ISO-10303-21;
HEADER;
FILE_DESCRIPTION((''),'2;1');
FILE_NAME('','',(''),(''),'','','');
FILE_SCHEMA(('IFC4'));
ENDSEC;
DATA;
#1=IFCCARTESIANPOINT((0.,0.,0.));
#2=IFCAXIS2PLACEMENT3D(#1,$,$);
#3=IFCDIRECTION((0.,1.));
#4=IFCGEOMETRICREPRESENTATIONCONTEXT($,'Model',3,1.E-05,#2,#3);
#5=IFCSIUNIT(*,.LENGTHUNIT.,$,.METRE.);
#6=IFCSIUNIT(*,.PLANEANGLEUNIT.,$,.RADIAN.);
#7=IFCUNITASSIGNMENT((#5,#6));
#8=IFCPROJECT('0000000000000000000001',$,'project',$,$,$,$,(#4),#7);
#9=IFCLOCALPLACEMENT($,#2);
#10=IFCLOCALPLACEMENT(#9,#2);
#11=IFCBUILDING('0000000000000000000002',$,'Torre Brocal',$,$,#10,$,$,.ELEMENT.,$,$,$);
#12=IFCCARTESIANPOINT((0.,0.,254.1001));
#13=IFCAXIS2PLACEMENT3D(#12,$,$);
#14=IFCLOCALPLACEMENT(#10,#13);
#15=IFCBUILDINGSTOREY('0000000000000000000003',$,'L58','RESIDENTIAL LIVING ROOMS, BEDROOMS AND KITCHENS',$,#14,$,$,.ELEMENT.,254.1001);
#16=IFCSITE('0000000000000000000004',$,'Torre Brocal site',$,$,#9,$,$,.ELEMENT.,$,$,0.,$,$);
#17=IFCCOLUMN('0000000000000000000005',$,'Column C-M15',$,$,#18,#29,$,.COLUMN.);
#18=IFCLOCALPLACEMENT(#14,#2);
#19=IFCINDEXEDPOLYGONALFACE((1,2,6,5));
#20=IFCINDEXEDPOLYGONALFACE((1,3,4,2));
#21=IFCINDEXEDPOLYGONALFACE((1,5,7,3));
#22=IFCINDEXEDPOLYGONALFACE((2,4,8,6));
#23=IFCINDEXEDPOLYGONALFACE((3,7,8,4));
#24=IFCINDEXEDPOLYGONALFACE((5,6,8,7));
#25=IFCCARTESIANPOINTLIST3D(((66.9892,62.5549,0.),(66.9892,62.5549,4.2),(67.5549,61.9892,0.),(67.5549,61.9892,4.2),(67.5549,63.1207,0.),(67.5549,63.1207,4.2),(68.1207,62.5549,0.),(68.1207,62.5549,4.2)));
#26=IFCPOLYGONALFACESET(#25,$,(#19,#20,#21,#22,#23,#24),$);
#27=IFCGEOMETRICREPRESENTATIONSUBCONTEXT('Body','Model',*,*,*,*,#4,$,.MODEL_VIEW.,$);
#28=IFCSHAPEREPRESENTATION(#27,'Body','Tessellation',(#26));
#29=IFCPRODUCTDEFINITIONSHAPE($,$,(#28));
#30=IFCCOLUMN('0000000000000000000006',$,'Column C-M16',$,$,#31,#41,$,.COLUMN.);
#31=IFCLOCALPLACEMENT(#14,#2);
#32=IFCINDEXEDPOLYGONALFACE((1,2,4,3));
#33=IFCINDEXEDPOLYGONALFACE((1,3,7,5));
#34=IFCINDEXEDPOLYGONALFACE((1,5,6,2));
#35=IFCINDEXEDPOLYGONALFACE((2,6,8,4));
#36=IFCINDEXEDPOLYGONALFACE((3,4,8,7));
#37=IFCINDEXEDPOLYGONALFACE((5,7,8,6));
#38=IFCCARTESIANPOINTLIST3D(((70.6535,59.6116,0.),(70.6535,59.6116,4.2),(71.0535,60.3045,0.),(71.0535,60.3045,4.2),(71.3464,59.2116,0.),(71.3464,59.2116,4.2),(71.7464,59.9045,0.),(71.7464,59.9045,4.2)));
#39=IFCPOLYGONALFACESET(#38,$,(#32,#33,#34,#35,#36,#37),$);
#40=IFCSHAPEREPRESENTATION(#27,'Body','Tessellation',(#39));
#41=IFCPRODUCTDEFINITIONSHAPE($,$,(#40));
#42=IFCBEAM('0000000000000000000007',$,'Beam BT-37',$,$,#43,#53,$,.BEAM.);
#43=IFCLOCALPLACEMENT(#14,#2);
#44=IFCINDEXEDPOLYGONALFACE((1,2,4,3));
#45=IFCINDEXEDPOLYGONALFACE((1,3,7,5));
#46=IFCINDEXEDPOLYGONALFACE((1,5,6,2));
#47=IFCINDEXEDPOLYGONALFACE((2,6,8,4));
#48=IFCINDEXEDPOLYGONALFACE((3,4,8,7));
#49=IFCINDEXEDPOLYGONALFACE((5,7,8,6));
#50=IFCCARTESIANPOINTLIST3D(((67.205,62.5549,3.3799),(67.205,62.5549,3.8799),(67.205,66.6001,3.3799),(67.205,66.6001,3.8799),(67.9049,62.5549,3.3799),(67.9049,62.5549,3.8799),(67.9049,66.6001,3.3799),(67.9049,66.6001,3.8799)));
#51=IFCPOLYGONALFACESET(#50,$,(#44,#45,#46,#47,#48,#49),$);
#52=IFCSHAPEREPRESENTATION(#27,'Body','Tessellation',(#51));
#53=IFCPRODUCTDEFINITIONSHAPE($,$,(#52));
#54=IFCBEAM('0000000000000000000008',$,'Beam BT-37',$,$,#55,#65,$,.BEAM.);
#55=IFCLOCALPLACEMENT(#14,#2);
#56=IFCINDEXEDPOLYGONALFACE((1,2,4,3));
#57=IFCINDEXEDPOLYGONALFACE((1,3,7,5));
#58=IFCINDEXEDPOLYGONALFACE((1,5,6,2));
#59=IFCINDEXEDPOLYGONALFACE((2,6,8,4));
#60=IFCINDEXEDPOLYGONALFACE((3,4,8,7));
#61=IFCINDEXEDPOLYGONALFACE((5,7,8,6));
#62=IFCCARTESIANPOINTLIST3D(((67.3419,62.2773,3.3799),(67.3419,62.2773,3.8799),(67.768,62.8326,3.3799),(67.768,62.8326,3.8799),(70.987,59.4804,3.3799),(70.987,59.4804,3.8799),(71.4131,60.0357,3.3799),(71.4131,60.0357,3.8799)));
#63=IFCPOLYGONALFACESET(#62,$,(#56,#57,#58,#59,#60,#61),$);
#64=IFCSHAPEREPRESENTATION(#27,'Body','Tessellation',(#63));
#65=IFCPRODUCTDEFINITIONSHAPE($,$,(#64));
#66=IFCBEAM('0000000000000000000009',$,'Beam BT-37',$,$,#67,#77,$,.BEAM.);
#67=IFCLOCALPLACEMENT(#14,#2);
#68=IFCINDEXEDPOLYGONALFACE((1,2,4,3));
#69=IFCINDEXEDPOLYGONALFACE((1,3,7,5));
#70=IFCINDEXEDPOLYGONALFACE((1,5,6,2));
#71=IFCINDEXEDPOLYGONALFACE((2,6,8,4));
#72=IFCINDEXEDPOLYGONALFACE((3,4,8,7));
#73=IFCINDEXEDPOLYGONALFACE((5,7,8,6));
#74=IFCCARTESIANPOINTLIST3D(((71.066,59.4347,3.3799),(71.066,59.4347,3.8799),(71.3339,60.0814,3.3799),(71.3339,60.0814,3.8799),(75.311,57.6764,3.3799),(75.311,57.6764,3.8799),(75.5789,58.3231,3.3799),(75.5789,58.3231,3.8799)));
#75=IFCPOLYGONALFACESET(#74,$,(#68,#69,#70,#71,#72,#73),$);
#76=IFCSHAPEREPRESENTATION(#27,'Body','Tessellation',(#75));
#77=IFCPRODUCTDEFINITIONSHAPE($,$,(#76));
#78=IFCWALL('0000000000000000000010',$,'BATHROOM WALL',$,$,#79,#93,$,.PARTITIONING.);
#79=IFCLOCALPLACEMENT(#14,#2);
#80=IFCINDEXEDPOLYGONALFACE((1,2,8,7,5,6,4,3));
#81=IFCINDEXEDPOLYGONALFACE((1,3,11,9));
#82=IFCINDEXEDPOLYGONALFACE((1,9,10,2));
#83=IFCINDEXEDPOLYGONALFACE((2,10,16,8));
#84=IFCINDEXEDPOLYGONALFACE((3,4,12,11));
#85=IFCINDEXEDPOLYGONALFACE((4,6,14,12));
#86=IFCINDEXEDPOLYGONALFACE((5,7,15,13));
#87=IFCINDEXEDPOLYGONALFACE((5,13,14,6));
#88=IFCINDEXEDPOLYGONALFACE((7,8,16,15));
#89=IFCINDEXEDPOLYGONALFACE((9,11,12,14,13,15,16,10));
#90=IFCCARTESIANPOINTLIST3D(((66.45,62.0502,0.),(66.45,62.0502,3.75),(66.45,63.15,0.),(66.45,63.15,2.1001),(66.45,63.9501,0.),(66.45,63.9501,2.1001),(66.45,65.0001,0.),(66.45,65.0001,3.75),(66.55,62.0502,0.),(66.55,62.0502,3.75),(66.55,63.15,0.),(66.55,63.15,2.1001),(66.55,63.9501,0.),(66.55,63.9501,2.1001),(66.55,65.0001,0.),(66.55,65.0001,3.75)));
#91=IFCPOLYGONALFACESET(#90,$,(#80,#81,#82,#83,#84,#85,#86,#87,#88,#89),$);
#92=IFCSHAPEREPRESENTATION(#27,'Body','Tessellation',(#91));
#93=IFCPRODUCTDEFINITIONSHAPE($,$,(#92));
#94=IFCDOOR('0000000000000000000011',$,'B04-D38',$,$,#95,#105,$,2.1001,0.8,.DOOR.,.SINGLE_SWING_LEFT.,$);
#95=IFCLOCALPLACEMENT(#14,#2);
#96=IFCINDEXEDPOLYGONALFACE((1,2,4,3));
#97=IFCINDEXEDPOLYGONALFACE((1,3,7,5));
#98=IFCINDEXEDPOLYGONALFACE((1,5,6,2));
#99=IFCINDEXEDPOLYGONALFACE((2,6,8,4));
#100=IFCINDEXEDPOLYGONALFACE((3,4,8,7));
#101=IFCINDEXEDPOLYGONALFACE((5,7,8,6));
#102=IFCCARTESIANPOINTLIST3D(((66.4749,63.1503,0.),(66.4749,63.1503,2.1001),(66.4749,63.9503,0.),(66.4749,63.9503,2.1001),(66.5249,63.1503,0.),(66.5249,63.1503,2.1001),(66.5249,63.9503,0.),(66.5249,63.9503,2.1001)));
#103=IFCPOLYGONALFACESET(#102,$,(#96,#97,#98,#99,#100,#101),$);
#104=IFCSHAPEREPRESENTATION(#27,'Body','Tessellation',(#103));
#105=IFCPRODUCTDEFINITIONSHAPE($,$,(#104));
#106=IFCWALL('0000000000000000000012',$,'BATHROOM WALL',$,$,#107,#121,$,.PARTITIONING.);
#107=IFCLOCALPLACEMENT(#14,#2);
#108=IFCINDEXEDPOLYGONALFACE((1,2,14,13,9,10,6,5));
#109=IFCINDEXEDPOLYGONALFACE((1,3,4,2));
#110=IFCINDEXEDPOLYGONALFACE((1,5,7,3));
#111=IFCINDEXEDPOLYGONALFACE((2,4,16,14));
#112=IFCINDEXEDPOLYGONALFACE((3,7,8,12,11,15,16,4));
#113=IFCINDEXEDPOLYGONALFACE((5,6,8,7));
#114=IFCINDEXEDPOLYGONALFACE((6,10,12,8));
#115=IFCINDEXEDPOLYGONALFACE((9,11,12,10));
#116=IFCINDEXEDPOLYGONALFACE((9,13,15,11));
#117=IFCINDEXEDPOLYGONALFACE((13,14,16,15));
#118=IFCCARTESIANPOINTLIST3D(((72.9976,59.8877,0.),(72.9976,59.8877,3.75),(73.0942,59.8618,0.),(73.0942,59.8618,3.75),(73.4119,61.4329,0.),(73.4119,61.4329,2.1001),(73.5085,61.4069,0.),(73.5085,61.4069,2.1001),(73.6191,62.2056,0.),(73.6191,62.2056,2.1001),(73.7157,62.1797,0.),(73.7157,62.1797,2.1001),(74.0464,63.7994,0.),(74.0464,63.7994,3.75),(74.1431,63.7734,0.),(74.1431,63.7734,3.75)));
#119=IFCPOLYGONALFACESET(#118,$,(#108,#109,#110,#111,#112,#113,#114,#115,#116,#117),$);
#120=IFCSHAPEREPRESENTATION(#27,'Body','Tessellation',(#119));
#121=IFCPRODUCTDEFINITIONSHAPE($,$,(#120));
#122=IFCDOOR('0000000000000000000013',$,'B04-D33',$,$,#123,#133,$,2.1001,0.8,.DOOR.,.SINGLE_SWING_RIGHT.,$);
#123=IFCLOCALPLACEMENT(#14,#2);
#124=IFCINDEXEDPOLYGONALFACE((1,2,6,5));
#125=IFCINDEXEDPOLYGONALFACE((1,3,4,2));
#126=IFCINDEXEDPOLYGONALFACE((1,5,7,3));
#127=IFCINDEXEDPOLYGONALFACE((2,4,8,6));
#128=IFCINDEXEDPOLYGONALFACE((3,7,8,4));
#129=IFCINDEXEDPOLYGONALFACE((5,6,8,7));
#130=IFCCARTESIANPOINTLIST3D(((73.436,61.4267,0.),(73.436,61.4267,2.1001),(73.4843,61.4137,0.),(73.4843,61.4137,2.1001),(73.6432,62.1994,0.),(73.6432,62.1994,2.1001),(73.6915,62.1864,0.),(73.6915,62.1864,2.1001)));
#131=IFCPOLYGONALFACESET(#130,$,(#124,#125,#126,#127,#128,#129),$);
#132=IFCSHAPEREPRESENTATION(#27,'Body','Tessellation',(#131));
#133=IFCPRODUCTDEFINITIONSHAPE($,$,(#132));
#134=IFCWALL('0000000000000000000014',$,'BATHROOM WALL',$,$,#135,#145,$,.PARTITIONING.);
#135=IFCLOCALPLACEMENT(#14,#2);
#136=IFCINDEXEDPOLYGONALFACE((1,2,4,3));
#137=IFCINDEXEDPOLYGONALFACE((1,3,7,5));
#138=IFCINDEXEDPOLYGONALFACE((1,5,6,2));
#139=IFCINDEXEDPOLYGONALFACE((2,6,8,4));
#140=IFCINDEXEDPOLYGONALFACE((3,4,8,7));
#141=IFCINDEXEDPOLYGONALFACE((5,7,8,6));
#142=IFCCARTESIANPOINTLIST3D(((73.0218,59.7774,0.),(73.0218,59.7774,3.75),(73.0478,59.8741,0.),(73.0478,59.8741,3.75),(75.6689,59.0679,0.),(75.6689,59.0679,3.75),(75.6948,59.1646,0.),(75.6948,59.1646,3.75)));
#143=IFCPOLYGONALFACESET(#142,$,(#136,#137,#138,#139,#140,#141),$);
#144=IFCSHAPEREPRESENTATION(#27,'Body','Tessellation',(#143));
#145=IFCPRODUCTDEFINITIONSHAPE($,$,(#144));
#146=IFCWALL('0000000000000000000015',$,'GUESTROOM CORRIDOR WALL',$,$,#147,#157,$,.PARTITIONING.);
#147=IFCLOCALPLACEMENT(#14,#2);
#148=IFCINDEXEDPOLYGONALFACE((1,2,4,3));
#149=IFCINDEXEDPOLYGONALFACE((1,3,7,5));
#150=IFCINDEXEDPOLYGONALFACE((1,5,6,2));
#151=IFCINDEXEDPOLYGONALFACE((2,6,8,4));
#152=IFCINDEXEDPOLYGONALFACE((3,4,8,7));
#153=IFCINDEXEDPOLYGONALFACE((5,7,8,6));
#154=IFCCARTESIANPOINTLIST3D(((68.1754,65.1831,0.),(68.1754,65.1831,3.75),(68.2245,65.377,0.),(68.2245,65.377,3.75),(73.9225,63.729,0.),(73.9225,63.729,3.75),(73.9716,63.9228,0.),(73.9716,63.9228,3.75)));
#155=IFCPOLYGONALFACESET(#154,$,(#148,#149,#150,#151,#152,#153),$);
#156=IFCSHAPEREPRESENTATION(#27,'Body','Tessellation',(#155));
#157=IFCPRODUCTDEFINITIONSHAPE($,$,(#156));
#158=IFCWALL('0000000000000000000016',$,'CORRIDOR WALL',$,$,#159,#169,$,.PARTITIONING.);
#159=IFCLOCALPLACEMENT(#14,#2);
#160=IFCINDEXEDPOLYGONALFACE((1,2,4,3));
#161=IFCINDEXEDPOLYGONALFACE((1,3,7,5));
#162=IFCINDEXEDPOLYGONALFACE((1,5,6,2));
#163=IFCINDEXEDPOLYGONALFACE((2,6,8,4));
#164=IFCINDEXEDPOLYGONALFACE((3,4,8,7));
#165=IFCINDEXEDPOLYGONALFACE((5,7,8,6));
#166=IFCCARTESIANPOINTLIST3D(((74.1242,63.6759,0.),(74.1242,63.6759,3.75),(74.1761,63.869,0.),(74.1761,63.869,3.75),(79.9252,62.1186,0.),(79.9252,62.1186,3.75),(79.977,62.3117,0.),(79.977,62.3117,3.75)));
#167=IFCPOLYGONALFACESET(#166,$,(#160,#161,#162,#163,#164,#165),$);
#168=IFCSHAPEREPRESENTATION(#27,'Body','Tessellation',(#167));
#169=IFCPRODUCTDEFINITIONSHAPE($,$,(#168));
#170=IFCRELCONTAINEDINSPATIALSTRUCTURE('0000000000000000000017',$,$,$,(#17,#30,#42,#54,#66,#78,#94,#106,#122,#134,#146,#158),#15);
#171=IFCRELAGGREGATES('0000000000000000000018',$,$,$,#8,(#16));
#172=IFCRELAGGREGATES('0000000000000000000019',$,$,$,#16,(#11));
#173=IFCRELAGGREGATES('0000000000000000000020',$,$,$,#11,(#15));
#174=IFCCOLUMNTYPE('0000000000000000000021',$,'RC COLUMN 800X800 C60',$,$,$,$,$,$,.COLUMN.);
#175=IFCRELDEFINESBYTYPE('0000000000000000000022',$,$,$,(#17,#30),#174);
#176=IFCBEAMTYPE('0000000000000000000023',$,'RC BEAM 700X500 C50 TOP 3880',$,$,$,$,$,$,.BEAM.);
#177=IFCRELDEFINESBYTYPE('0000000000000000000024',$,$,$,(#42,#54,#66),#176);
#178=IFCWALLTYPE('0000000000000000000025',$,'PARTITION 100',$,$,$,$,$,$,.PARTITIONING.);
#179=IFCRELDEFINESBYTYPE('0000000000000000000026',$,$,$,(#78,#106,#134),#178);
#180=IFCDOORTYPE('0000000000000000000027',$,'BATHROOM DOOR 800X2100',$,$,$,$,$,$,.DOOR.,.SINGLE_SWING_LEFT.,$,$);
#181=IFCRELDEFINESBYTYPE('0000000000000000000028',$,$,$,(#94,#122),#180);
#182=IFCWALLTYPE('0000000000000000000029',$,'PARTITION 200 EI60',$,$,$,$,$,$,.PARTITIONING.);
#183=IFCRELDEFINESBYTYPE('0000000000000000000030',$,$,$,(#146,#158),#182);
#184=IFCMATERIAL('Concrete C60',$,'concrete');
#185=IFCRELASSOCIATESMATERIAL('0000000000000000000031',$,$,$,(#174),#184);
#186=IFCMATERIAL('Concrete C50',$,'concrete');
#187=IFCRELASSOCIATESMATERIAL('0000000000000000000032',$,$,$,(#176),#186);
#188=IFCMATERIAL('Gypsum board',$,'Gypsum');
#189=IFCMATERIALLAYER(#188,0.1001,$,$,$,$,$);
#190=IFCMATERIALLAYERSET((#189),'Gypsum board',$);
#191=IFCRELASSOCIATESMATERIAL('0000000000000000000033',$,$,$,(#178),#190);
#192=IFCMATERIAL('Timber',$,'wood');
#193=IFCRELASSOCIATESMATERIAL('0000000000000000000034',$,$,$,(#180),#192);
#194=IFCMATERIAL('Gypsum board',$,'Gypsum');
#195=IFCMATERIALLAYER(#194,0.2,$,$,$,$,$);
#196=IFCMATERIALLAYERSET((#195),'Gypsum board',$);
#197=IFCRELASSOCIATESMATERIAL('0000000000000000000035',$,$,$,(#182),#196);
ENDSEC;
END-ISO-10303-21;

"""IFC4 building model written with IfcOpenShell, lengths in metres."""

from ifc_helpers import new_model, si_unit, direction, frame, frame_2d, origin, origin_2d, place, context, subcontext, project, spatial, rectangle, extrude, material, layer, layer_set, material_profile, profile_set, type_object, element, fill, save


model = new_model("IFC4")

# Units and contexts
model_context = context("Model", 3, precision=1e-05, world=origin(), true_north=direction((0.0, 1.0)))
body_context = subcontext(model_context, "Body", "Model", "MODEL_VIEW")
ifc_project = project(units=[si_unit("LENGTHUNIT", "METRE"), si_unit("PLANEANGLEUNIT", "RADIAN")], contexts=[model_context])

# Site, building, storey
site_placement = place(None, origin())
site = spatial("IfcSite", under=ifc_project, at=site_placement, Name="Torre Brocal site", CompositionType="ELEMENT", RefElevation=0.0)
building_placement = place(site_placement, origin())
building = spatial("IfcBuilding", under=site, at=building_placement, Name="Torre Brocal", CompositionType="ELEMENT")
storey_placement = place(building_placement, frame((0.0, 0.0, 254.1001)))
storey = spatial("IfcBuildingStorey", under=building, at=storey_placement, Name="L58", Description="RESIDENTIAL LIVING ROOMS, BEDROOMS AND KITCHENS", CompositionType="ELEMENT", Elevation=254.1001)

# Columns
ifc_material_1 = material(Name="Concrete C60", Category="concrete")
ifc_material_profile_1 = material_profile(ifc_material_1, rectangle(XDim=0.8, YDim=0.8, at=origin_2d()), Name="RC 800X800")
ifc_profile_set_1 = profile_set([ifc_material_profile_1], Name="Concrete C60")
column_type = type_object("IfcColumnType", Name="RC COLUMN 800X800 C60", PredefinedType="COLUMN", material=ifc_profile_set_1)
for number, where, z_axis, x_axis, name in (
    (1, (67.5549, 62.5549, 0.0), (0.0, 0.0, 1.0), (-0.707107, -0.707107, 0.0), "Column C-M15"),
    (2, (71.2, 59.7581, 0.0), (0.0, 0.0, 1.0), (-0.5, -0.866025, 0.0), "Column C-M16"),
):
    element("IfcColumn", number, at=place(storey_placement, frame(where, z_axis=z_axis, x_axis=x_axis)), inside=storey, type_object=column_type, Name=name, PredefinedType="COLUMN", context=body_context, shape_type="SweptSolid", body=[
        extrude(rectangle(XDim=0.8, YDim=0.8, at=origin_2d()), origin(), (0.0, 0.0, 1.0), 4.2),
    ])

# Beams
ifc_material_2 = material(Name="Concrete C50", Category="concrete")
ifc_material_profile_2 = material_profile(ifc_material_2, rectangle(XDim=0.7, YDim=0.5, at=origin_2d()), Name="RC 700X500")
ifc_profile_set_2 = profile_set([ifc_material_profile_2], Name="Concrete C50")
beam_type = type_object("IfcBeamType", Name="RC BEAM 700X500 C50 TOP 3880", PredefinedType="BEAM", material=ifc_profile_set_2)
beam_1_placement = place(storey_placement, frame((67.5549, 62.5549, 3.6299), z_axis=(0.0, 1.0, 0.0), x_axis=(-1.0, 0.0, 0.0)))
element("IfcBeam", 3, at=beam_1_placement, inside=storey, type_object=beam_type, Name="Beam BT-37", PredefinedType="BEAM", context=body_context, shape_type="SweptSolid", body=[
    extrude(rectangle(XDim=0.7, YDim=0.5, at=origin_2d()), origin(), (0.0, 0.0, 1.0), 4.0452),
])
beam_2_placement = place(storey_placement, frame((67.5549, 62.5549, 3.6299), z_axis=(0.793358, -0.608755, 0.0), x_axis=(0.608755, 0.793358, 0.0)))
element("IfcBeam", 4, at=beam_2_placement, inside=storey, type_object=beam_type, Name="Beam BT-37", PredefinedType="BEAM", context=body_context, shape_type="SweptSolid", body=[
    extrude(rectangle(XDim=0.7, YDim=0.5, at=origin_2d()), origin(), (0.0, 0.0, 1.0), 4.5945),
])
beam_3_placement = place(storey_placement, frame((71.2, 59.7581, 3.6299), z_axis=(0.923878, -0.382687, 0.0), x_axis=(0.382687, 0.923878, 0.0)))
element("IfcBeam", 5, at=beam_3_placement, inside=storey, type_object=beam_type, Name="Beam BT-37", PredefinedType="BEAM", context=body_context, shape_type="SweptSolid", body=[
    extrude(rectangle(XDim=0.7, YDim=0.5, at=origin_2d()), origin(), (0.0, 0.0, 1.0), 4.5947),
])

# Walls, openings, doors
ifc_material_3 = material(Name="Gypsum board", Category="Gypsum")
ifc_layer_1 = layer(ifc_material_3, 0.1001)
ifc_layer_set_1 = layer_set([ifc_layer_1], Name="Gypsum board")
wall_type_1 = type_object("IfcWallType", Name="PARTITION 100", PredefinedType="PARTITIONING", material=ifc_layer_set_1)
wall_1_placement = place(storey_placement, frame((66.5, 62.05, 0.0), z_axis=(0.0, 0.0, 1.0), x_axis=(0.0, 1.0, 0.0)))
wall_1 = element("IfcWall", 6, at=wall_1_placement, inside=storey, type_object=wall_type_1, Name="BATHROOM WALL", PredefinedType="PARTITIONING", context=body_context, shape_type="SweptSolid", body=[
    extrude(rectangle(XDim=2.95, YDim=0.1001, at=frame_2d((1.4751, 0.0))), origin(), (0.0, 0.0, 1.0), 3.75),
])
opening_1_placement = place(wall_1_placement, frame((1.1001, 0.0, 0.0)))
opening_1 = element("IfcOpeningElement", 7, at=opening_1_placement, cuts=wall_1, PredefinedType="OPENING", context=body_context, shape_type="SweptSolid", body=[
    extrude(rectangle(XDim=0.8, YDim=2.1001, at=frame_2d((0.3999, 1.05))), frame((0.0, 0.0601, 0.0), z_axis=(0.0, -1.0, 0.0), x_axis=(1.0, 0.0, 0.0)), (0.0, 0.0, 1.0), 0.1201),
])
ifc_material_4 = material(Name="Timber", Category="wood")
door_type_1 = type_object("IfcDoorType", Name="BATHROOM DOOR 800X2100", OperationType="SINGLE_SWING_LEFT", PredefinedType="DOOR", material=ifc_material_4)
door_1_placement = place(opening_1_placement, frame((0.8, 0.0, 0.0), z_axis=(0.0, 0.0, 1.0), x_axis=(-1.0, 0.0, 0.0)))
door_1 = element("IfcDoor", 8, at=door_1_placement, inside=storey, type_object=door_type_1, Name="B04-D38", OperationType="SINGLE_SWING_LEFT", OverallHeight=2.1001, OverallWidth=0.8, PredefinedType="DOOR", context=body_context, shape_type="SweptSolid", body=[
    extrude(rectangle(XDim=0.8, YDim=2.1001, at=frame_2d((0.3999, 1.05))), frame((0.0, 0.0249, 0.0), z_axis=(0.0, -1.0, 0.0), x_axis=(1.0, 0.0, 0.0)), (0.0, 0.0, 1.0), 0.05),
])
fill(opening_1, door_1)
wall_2_placement = place(storey_placement, frame((73.0459, 59.8748, 0.0), z_axis=(0.0, 0.0, 1.0), x_axis=(0.258983, 0.965882, 0.0)))
wall_2 = element("IfcWall", 9, at=wall_2_placement, inside=storey, type_object=wall_type_1, Name="BATHROOM WALL", PredefinedType="PARTITIONING", context=body_context, shape_type="SweptSolid", body=[
    extrude(rectangle(XDim=4.0498, YDim=0.1001, at=frame_2d((2.0249, 0.0))), origin(), (0.0, 0.0, 1.0), 3.75),
])
opening_2_placement = place(wall_2_placement, frame((1.5999, 0.0, 0.0)))
opening_2 = element("IfcOpeningElement", 10, at=opening_2_placement, cuts=wall_2, PredefinedType="OPENING", context=body_context, shape_type="SweptSolid", body=[
    extrude(rectangle(XDim=0.8, YDim=2.1001, at=frame_2d((0.3999, 1.05))), frame((0.0, 0.0601, 0.0), z_axis=(0.0, -1.0, 0.0), x_axis=(1.0, 0.0, 0.0)), (0.0, 0.0, 1.0), 0.1201),
])
door_2_placement = place(opening_2_placement, frame((0.8, 0.0, 0.0), z_axis=(0.0, 0.0, 1.0), x_axis=(-1.0, 0.0, 0.0)))
door_2 = element("IfcDoor", 11, at=door_2_placement, inside=storey, type_object=door_type_1, Name="B04-D33", OperationType="SINGLE_SWING_RIGHT", OverallHeight=2.1001, OverallWidth=0.8, PredefinedType="DOOR", context=body_context, shape_type="SweptSolid", body=[
    extrude(rectangle(XDim=0.8, YDim=2.1001, at=frame_2d((0.3999, 1.05))), frame((0.0, 0.0249, 0.0), z_axis=(0.0, -1.0, 0.0), x_axis=(1.0, 0.0, 0.0)), (0.0, 0.0, 1.0), 0.05),
])
fill(opening_2, door_2)

# Walls
wall_3_placement = place(storey_placement, frame((73.0349, 59.8257, 0.0), z_axis=(0.0, 0.0, 1.0), x_axis=(0.965906, -0.258893, 0.0)))
element("IfcWall", 12, at=wall_3_placement, inside=storey, type_object=wall_type_1, Name="BATHROOM WALL", PredefinedType="PARTITIONING", context=body_context, shape_type="SweptSolid", body=[
    extrude(rectangle(XDim=2.7405, YDim=0.1001, at=frame_2d((1.3701, 0.0))), origin(), (0.0, 0.0, 1.0), 3.75),
])
ifc_material_5 = material(Name="Gypsum board", Category="Gypsum")
ifc_layer_2 = layer(ifc_material_5, 0.2)
ifc_layer_set_2 = layer_set([ifc_layer_2], Name="Gypsum board")
wall_type_2 = type_object("IfcWallType", Name="PARTITION 200 EI60", PredefinedType="PARTITIONING", material=ifc_layer_set_2)
wall_4_placement = place(storey_placement, frame((68.2, 65.28, 0.0), z_axis=(0.0, 0.0, 1.0), x_axis=(0.969451, -0.245287, 0.0)))
element("IfcWall", 13, at=wall_4_placement, inside=storey, type_object=wall_type_2, Name="GUESTROOM CORRIDOR WALL", PredefinedType="PARTITIONING", context=body_context, shape_type="SweptSolid", body=[
    extrude(rectangle(XDim=5.9282, YDim=0.2, at=frame_2d((2.9641, 0.0))), origin(), (0.0, 0.0, 1.0), 3.75),
])
wall_5_placement = place(storey_placement, frame((74.1501, 63.7725, 0.0), z_axis=(0.0, 0.0, 1.0), x_axis=(0.965801, -0.259284, 0.0)))
element("IfcWall", 14, at=wall_5_placement, inside=storey, type_object=wall_type_2, Name="CORRIDOR WALL", PredefinedType="PARTITIONING", context=body_context, shape_type="SweptSolid", body=[
    extrude(rectangle(XDim=6.0063, YDim=0.2, at=frame_2d((3.0032, 0.0))), origin(), (0.0, 0.0, 1.0), 3.75),
])

save(model, "model.ifc")
